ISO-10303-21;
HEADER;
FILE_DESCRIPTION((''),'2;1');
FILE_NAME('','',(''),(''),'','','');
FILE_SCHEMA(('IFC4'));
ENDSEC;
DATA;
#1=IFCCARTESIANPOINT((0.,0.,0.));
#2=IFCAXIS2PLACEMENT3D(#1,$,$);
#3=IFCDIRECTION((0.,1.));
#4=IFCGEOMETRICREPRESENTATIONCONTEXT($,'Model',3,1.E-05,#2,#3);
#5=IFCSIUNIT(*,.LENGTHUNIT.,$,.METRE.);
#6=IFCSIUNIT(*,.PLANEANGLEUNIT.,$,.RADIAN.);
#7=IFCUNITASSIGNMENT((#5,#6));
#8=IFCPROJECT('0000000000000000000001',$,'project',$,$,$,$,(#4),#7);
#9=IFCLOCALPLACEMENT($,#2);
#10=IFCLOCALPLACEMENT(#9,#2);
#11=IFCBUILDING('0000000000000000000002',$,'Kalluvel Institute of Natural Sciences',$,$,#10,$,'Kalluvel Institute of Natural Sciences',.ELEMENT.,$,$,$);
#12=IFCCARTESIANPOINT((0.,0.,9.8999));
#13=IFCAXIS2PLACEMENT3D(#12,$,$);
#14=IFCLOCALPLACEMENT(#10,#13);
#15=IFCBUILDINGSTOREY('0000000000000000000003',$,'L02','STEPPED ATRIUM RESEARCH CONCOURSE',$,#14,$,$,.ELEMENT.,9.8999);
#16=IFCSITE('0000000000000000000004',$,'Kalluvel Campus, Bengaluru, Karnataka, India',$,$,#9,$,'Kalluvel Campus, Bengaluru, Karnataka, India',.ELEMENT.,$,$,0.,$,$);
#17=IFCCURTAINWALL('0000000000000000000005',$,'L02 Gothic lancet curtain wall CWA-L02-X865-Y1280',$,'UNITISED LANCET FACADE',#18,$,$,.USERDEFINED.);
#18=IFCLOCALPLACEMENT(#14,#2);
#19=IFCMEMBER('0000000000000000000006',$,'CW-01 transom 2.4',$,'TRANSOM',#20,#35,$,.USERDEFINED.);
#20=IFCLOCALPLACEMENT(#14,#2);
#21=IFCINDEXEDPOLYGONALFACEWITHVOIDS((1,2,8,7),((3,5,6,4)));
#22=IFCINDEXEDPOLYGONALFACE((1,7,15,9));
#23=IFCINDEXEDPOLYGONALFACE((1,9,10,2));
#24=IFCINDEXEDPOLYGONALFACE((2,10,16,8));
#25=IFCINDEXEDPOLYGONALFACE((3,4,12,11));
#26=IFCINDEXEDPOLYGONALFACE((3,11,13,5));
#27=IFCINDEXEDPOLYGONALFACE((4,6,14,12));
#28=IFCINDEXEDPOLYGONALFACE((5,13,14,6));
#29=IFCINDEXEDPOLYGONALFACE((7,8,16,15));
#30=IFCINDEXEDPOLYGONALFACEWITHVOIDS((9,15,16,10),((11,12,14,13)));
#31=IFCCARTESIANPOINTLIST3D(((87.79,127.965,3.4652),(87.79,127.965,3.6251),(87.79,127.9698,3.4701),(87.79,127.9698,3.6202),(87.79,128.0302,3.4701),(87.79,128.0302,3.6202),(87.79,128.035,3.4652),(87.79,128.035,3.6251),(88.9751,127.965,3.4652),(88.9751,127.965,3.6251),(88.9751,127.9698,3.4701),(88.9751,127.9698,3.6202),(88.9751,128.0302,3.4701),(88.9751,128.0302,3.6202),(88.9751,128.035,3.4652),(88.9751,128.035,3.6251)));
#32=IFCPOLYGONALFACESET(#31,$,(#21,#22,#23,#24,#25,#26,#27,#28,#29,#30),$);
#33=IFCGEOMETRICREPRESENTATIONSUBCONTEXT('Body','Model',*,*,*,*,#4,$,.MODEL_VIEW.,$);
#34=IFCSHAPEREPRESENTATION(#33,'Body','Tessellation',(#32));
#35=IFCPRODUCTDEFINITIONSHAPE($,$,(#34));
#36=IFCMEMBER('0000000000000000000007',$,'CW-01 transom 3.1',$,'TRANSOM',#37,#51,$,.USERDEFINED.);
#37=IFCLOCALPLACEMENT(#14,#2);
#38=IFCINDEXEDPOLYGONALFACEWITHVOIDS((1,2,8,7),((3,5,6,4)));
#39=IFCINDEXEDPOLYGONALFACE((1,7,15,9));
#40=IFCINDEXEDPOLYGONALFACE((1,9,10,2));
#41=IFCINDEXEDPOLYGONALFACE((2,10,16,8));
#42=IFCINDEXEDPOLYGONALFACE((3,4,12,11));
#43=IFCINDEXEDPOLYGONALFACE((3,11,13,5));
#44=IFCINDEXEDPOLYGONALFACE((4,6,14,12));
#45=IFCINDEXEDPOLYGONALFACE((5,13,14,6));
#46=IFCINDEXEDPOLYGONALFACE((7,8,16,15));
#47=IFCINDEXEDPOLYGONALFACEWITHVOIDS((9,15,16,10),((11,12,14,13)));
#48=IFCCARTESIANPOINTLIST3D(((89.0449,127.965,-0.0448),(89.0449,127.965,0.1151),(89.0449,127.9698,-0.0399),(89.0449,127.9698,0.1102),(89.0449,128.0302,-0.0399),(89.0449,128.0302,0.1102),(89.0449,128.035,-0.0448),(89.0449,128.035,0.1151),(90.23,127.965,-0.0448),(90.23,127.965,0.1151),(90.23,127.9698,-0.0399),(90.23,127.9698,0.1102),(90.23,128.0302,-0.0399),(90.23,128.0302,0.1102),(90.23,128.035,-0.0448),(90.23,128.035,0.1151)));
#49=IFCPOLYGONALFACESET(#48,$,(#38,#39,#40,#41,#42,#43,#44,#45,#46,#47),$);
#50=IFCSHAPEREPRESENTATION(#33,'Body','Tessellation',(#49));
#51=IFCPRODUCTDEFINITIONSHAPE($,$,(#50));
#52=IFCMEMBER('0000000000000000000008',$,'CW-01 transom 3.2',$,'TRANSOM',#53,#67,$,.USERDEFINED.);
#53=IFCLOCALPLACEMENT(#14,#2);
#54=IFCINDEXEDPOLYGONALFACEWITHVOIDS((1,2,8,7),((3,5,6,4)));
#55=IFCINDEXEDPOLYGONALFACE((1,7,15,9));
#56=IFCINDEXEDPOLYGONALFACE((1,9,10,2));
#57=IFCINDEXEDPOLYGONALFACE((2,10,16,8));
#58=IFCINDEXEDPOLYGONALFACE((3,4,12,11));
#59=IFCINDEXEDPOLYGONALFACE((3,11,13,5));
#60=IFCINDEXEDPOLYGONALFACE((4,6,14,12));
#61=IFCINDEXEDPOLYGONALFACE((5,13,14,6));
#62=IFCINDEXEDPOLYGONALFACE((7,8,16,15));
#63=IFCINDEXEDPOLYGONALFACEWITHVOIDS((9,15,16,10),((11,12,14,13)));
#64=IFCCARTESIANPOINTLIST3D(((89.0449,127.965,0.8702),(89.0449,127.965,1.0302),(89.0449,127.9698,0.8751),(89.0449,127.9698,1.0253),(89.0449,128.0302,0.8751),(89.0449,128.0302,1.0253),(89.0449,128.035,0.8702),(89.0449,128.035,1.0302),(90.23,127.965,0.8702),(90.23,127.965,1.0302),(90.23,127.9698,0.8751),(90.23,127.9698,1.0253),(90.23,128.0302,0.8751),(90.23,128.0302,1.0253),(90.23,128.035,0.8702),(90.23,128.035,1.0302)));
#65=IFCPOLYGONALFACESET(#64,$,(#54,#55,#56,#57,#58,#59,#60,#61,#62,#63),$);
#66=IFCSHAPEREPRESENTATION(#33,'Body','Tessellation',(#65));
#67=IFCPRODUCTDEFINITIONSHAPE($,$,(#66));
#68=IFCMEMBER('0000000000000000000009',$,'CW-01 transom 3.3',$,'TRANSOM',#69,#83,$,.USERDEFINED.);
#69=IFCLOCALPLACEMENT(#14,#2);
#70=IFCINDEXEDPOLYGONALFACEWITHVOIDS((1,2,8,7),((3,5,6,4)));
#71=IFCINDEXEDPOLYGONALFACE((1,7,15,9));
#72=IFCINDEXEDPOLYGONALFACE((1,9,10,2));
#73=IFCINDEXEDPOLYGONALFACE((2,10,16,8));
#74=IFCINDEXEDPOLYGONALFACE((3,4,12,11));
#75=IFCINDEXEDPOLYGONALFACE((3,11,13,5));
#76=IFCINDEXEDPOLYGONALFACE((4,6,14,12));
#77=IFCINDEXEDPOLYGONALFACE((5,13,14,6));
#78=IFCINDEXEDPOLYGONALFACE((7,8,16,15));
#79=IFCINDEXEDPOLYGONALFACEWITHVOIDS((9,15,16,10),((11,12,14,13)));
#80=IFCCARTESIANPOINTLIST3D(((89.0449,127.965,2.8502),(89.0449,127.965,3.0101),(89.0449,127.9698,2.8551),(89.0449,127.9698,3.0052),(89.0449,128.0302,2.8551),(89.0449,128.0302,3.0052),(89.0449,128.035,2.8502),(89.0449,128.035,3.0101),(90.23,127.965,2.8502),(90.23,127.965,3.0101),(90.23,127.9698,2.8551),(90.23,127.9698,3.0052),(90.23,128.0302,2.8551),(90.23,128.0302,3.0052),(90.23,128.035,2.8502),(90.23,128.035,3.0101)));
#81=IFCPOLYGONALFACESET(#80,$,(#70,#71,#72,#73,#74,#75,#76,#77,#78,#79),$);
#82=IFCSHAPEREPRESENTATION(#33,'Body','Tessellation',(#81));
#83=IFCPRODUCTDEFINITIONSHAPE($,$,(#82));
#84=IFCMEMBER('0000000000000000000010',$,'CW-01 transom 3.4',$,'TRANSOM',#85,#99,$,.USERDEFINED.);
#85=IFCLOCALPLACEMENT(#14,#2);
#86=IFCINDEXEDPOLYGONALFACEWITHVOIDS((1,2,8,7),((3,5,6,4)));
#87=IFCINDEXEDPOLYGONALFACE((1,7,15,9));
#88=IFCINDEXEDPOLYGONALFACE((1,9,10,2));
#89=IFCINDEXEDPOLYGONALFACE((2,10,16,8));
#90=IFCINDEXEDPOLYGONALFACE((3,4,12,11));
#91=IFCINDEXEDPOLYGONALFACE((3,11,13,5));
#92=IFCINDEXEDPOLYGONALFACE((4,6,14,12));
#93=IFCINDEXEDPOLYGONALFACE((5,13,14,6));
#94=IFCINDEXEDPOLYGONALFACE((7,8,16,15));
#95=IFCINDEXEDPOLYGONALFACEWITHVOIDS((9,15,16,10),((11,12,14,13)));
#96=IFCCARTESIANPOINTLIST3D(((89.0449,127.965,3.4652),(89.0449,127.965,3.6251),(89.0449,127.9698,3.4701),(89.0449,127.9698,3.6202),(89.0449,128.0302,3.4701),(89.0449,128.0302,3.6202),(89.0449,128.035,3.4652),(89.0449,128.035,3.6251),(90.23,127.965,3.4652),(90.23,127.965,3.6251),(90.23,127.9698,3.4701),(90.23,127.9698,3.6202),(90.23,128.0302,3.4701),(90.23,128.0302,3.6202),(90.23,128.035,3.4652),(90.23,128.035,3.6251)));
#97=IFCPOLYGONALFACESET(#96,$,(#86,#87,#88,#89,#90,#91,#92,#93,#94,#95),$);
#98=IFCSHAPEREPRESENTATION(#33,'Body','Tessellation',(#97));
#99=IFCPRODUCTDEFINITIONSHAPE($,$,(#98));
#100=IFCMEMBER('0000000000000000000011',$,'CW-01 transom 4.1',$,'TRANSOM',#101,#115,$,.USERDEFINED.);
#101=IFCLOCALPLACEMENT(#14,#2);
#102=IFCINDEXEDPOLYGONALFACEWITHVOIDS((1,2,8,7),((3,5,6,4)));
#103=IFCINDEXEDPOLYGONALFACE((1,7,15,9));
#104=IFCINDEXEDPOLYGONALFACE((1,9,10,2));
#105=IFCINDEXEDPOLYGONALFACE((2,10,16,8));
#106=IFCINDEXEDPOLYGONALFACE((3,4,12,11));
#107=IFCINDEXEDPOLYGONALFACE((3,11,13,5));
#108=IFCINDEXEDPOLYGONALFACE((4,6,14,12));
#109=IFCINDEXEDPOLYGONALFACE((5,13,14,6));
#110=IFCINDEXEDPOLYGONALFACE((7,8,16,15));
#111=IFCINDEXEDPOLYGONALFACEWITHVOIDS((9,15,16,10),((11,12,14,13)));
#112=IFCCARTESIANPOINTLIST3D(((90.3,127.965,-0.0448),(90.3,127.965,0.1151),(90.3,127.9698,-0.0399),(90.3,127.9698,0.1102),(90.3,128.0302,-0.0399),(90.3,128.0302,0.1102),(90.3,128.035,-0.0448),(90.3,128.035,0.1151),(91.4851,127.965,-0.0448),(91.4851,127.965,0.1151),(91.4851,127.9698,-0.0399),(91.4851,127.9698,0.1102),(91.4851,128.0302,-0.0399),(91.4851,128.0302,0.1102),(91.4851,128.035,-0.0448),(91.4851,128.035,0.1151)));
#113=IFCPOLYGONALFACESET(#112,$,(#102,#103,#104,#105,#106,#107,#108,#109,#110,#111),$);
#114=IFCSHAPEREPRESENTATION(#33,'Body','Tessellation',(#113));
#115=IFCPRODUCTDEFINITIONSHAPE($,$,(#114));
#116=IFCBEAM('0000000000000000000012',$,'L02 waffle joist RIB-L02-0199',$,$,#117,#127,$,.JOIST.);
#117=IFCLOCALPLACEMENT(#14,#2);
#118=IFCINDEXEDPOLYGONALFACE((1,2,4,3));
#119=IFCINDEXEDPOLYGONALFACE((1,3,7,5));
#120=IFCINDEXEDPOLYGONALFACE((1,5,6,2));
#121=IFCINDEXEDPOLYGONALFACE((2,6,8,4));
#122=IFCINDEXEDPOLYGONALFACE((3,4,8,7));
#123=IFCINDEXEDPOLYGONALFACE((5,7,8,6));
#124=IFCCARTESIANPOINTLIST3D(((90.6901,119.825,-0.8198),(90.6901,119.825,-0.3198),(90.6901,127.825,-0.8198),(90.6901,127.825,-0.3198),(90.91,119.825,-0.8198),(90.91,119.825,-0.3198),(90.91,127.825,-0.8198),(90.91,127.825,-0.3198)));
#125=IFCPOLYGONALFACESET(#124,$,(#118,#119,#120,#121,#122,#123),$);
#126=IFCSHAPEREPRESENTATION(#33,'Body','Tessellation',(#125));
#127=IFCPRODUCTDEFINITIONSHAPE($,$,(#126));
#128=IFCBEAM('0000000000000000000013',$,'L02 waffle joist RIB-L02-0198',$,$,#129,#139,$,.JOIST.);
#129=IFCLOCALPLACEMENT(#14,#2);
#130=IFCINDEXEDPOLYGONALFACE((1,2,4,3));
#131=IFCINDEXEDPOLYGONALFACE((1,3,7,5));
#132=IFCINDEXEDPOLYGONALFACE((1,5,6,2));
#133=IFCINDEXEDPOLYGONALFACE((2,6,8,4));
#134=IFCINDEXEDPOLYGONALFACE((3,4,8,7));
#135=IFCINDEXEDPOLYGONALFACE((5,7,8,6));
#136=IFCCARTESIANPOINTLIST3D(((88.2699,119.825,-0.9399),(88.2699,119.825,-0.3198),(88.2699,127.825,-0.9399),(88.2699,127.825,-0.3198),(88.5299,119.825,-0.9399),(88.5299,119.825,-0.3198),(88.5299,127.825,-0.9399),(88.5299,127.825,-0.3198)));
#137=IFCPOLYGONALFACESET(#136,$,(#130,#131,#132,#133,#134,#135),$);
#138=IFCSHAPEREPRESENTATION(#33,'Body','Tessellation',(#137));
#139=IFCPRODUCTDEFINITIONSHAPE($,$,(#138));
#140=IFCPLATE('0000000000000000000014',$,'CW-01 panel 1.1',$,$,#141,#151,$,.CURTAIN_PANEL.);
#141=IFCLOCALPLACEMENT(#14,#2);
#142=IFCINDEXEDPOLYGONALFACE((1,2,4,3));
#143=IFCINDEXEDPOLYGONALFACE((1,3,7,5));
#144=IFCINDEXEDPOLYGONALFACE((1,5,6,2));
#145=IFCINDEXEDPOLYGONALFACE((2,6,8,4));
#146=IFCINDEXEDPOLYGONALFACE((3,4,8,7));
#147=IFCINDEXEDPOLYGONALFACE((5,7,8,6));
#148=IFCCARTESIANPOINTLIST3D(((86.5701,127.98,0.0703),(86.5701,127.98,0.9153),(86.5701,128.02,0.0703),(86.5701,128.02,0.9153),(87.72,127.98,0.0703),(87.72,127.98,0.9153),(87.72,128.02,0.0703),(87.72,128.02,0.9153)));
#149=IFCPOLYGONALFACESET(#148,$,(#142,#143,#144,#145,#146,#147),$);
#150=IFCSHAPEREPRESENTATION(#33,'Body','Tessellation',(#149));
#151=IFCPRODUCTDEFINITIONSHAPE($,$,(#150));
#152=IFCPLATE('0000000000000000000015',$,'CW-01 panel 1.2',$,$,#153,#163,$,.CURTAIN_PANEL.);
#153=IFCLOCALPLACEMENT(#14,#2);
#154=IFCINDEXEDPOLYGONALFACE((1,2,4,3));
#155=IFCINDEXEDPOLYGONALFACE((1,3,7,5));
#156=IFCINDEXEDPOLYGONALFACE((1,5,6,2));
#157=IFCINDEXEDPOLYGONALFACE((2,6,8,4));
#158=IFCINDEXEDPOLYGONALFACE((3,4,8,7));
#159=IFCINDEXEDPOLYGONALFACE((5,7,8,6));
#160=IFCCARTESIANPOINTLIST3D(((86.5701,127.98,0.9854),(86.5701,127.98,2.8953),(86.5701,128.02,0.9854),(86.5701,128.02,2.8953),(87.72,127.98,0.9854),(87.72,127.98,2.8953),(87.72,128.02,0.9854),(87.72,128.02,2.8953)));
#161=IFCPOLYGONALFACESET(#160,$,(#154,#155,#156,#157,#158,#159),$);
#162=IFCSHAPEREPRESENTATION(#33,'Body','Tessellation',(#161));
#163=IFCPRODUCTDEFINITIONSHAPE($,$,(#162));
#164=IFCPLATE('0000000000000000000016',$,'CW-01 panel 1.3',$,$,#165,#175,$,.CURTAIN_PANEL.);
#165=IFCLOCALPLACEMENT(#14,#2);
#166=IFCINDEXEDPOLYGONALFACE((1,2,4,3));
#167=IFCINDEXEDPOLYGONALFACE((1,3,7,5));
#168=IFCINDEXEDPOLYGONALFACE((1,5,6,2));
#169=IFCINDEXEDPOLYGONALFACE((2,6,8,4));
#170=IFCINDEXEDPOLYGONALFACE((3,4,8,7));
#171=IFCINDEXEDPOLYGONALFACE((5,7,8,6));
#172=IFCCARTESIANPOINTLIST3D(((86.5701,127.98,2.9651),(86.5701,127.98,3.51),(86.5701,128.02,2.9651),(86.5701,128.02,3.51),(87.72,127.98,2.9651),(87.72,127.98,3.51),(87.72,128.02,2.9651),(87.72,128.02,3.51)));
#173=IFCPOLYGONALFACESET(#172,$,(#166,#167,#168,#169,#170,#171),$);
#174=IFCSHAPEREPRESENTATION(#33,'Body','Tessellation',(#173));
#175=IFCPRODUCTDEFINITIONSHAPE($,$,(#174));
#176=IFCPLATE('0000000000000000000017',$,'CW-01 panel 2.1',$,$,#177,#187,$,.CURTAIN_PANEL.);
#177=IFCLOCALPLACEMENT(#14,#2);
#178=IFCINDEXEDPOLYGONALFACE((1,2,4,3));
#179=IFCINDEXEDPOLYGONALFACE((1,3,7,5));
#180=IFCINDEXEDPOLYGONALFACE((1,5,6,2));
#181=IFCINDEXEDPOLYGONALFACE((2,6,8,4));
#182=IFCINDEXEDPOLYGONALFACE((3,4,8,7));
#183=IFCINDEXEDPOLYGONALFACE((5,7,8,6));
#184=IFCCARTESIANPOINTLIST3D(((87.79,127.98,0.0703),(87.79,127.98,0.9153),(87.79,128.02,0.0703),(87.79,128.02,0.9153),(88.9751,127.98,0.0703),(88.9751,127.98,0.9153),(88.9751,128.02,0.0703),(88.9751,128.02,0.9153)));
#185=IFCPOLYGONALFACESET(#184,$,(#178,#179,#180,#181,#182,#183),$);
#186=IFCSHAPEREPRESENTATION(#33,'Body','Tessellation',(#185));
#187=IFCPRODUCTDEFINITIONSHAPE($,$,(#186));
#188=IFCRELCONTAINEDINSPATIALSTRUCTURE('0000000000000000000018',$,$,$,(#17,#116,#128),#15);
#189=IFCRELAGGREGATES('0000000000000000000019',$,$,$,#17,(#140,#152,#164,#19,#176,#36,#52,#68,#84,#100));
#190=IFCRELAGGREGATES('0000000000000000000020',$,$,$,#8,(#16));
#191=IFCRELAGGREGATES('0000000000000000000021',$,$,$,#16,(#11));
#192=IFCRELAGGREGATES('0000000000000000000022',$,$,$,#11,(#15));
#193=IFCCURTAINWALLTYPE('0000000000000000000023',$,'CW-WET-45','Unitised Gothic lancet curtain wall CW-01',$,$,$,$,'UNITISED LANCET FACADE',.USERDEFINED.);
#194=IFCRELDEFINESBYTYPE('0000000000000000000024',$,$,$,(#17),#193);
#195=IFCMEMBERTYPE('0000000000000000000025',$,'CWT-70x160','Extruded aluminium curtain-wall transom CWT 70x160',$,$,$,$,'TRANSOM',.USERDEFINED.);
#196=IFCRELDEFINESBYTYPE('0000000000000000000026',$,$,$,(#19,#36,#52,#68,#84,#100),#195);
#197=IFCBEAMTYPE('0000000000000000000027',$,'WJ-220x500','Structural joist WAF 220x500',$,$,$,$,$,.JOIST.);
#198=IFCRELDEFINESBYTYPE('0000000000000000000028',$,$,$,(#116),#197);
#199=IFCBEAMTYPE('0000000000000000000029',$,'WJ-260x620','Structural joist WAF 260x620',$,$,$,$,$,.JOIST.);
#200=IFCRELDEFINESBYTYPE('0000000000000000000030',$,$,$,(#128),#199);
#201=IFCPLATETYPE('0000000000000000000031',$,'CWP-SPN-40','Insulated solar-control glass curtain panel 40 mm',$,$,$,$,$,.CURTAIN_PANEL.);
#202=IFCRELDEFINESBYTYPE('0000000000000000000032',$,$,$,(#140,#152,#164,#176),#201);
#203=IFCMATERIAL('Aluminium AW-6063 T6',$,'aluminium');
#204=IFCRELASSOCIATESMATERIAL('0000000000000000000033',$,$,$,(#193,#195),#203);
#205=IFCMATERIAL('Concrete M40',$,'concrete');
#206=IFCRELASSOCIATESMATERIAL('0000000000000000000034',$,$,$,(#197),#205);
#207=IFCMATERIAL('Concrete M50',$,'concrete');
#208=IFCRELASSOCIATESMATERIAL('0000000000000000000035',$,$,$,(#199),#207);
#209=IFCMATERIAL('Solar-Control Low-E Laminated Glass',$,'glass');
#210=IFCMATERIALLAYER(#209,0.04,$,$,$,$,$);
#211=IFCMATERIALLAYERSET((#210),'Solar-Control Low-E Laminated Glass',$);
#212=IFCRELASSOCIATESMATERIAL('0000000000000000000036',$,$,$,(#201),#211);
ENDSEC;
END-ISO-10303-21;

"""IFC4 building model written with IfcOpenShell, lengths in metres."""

from ifc_helpers import new_model, si_unit, direction, frame, origin, origin_2d, place, context, subcontext, project, spatial, rectangle, hollow_rectangle, extrude, material, layer, layer_set, material_profile, profile_set, type_object, element, aggregate, save


model = new_model("IFC4")

# Units and contexts
model_context = context("Model", 3, precision=1e-05, world=origin(), true_north=direction((0.0, 1.0)))
body_context = subcontext(model_context, "Body", "Model", "MODEL_VIEW")
ifc_project = project(units=[si_unit("LENGTHUNIT", "METRE"), si_unit("PLANEANGLEUNIT", "RADIAN")], contexts=[model_context])

# Site, building, storey
site_placement = place(None, origin())
site = spatial("IfcSite", under=ifc_project, at=site_placement, Name="Kalluvel Campus, Bengaluru, Karnataka, India", LongName="Kalluvel Campus, Bengaluru, Karnataka, India", CompositionType="ELEMENT", RefElevation=0.0)
building_placement = place(site_placement, origin())
building = spatial("IfcBuilding", under=site, at=building_placement, Name="Kalluvel Institute of Natural Sciences", LongName="Kalluvel Institute of Natural Sciences", CompositionType="ELEMENT")
storey_placement = place(building_placement, frame((0.0, 0.0, 9.8999)))
storey = spatial("IfcBuildingStorey", under=building, at=storey_placement, Name="L02", Description="STEPPED ATRIUM RESEARCH CONCOURSE", CompositionType="ELEMENT", Elevation=9.8999)

# Shared definitions
ifc_material_1 = material(Name="Concrete M50", Category="concrete")

# Shared definitions
ifc_material_2 = material(Name="Concrete M40", Category="concrete")

# Curtain wall, members
ifc_material_3 = material(Name="Aluminium AW-6063 T6", Category="aluminium")
curtain_wall_type = type_object("IfcCurtainWallType", Name="CW-WET-45", Description="Unitised Gothic lancet curtain wall CW-01", ElementType="UNITISED LANCET FACADE", PredefinedType="USERDEFINED", material=ifc_material_3)
curtain_wall_placement = place(storey_placement, origin())
curtain_wall = element("IfcCurtainWall", 1, at=curtain_wall_placement, inside=storey, type_object=curtain_wall_type, Name="L02 Gothic lancet curtain wall CWA-L02-X865-Y1280", ObjectType="UNITISED LANCET FACADE", PredefinedType="USERDEFINED")
ifc_material_profile_1 = material_profile(ifc_material_3, hollow_rectangle(XDim=0.0701, YDim=0.1599, WallThickness=0.0049, at=origin_2d()), Name="CWT 70x160")
ifc_profile_set_1 = profile_set([ifc_material_profile_1], Name="Aluminium AW-6063 T6")
member_type_1 = type_object("IfcMemberType", Name="CWT-70x160", Description="Extruded aluminium curtain-wall transom CWT 70x160", ElementType="TRANSOM", PredefinedType="USERDEFINED", material=ifc_profile_set_1)
member_1_placement = place(storey_placement, frame((87.79, 128.0, 3.5452), z_axis=(1.0, 0.0, 0.0), x_axis=(0.0, 1.0, 0.0)))
member_1 = element("IfcMember", 2, at=member_1_placement, type_object=member_type_1, Name="CW-01 transom 2.4", ObjectType="TRANSOM", PredefinedType="USERDEFINED", context=body_context, shape_type="SweptSolid", body=[
    extrude(hollow_rectangle(XDim=0.0701, YDim=0.1599, WallThickness=0.0049, at=origin_2d()), origin(), (0.0, 0.0, 1.0), 1.1851),
])
member_2_placement = place(storey_placement, frame((89.0449, 128.0, 0.0352), z_axis=(1.0, 0.0, 0.0), x_axis=(0.0, 1.0, 0.0)))
member_2 = element("IfcMember", 3, at=member_2_placement, type_object=member_type_1, Name="CW-01 transom 3.1", ObjectType="TRANSOM", PredefinedType="USERDEFINED", context=body_context, shape_type="SweptSolid", body=[
    extrude(hollow_rectangle(XDim=0.0701, YDim=0.1599, WallThickness=0.0049, at=origin_2d()), origin(), (0.0, 0.0, 1.0), 1.1851),
])
member_3_placement = place(storey_placement, frame((89.0449, 128.0, 0.9502), z_axis=(1.0, 0.0, 0.0), x_axis=(0.0, 1.0, 0.0)))
member_3 = element("IfcMember", 4, at=member_3_placement, type_object=member_type_1, Name="CW-01 transom 3.2", ObjectType="TRANSOM", PredefinedType="USERDEFINED", context=body_context, shape_type="SweptSolid", body=[
    extrude(hollow_rectangle(XDim=0.0701, YDim=0.1599, WallThickness=0.0049, at=origin_2d()), origin(), (0.0, 0.0, 1.0), 1.1851),
])
member_4_placement = place(storey_placement, frame((89.0449, 128.0, 2.9302), z_axis=(1.0, 0.0, 0.0), x_axis=(0.0, 1.0, 0.0)))
member_4 = element("IfcMember", 5, at=member_4_placement, type_object=member_type_1, Name="CW-01 transom 3.3", ObjectType="TRANSOM", PredefinedType="USERDEFINED", context=body_context, shape_type="SweptSolid", body=[
    extrude(hollow_rectangle(XDim=0.0701, YDim=0.1599, WallThickness=0.0049, at=origin_2d()), origin(), (0.0, 0.0, 1.0), 1.1851),
])
member_5_placement = place(storey_placement, frame((89.0449, 128.0, 3.5452), z_axis=(1.0, 0.0, 0.0), x_axis=(0.0, 1.0, 0.0)))
member_5 = element("IfcMember", 6, at=member_5_placement, type_object=member_type_1, Name="CW-01 transom 3.4", ObjectType="TRANSOM", PredefinedType="USERDEFINED", context=body_context, shape_type="SweptSolid", body=[
    extrude(hollow_rectangle(XDim=0.0701, YDim=0.1599, WallThickness=0.0049, at=origin_2d()), origin(), (0.0, 0.0, 1.0), 1.1851),
])
member_6_placement = place(storey_placement, frame((90.3, 128.0, 0.0352), z_axis=(1.0, 0.0, 0.0), x_axis=(0.0, 1.0, 0.0)))
member_6 = element("IfcMember", 7, at=member_6_placement, type_object=member_type_1, Name="CW-01 transom 4.1", ObjectType="TRANSOM", PredefinedType="USERDEFINED", context=body_context, shape_type="SweptSolid", body=[
    extrude(hollow_rectangle(XDim=0.0701, YDim=0.1599, WallThickness=0.0049, at=origin_2d()), origin(), (0.0, 0.0, 1.0), 1.1851),
])

# Beams
ifc_material_profile_2 = material_profile(ifc_material_2, rectangle(XDim=0.22, YDim=0.5, at=origin_2d()), Name="WAF 220x500")
ifc_profile_set_2 = profile_set([ifc_material_profile_2], Name="Concrete M40")
beam_type_1 = type_object("IfcBeamType", Name="WJ-220x500", Description="Structural joist WAF 220x500", PredefinedType="JOIST", material=ifc_profile_set_2)
beam_1_placement = place(storey_placement, frame((90.8, 119.825, -0.5698), z_axis=(0.0, 1.0, 0.0), x_axis=(-1.0, 0.0, 0.0)))
element("IfcBeam", 8, at=beam_1_placement, inside=storey, type_object=beam_type_1, Name="L02 waffle joist RIB-L02-0199", PredefinedType="JOIST", context=body_context, shape_type="SweptSolid", body=[
    extrude(rectangle(XDim=0.22, YDim=0.5, at=origin_2d()), origin(), (0.0, 0.0, 1.0), 8.0),
])
ifc_material_profile_3 = material_profile(ifc_material_1, rectangle(XDim=0.26, YDim=0.6201, at=origin_2d()), Name="WAF 260x620")
ifc_profile_set_3 = profile_set([ifc_material_profile_3], Name="Concrete M50")
beam_type_2 = type_object("IfcBeamType", Name="WJ-260x620", Description="Structural joist WAF 260x620", PredefinedType="JOIST", material=ifc_profile_set_3)
beam_2_placement = place(storey_placement, frame((88.3999, 119.825, -0.6299), z_axis=(0.0, 1.0, 0.0), x_axis=(-1.0, 0.0, 0.0)))
element("IfcBeam", 9, at=beam_2_placement, inside=storey, type_object=beam_type_2, Name="L02 waffle joist RIB-L02-0198", PredefinedType="JOIST", context=body_context, shape_type="SweptSolid", body=[
    extrude(rectangle(XDim=0.26, YDim=0.6201, at=origin_2d()), origin(), (0.0, 0.0, 1.0), 8.0),
])

# Plates
ifc_material_4 = material(Name="Solar-Control Low-E Laminated Glass", Category="glass")
ifc_layer = layer(ifc_material_4, 0.04)
ifc_layer_set = layer_set([ifc_layer], Name="Solar-Control Low-E Laminated Glass")
plate_type = type_object("IfcPlateType", Name="CWP-SPN-40", Description="Insulated solar-control glass curtain panel 40 mm", PredefinedType="CURTAIN_PANEL", material=ifc_layer_set)
plate_1_placement = place(storey_placement, frame((87.145, 128.0, 0.0703), z_axis=(0.0, 0.0, 1.0), x_axis=(1.0, 0.0, 0.0)))
plate_1 = element("IfcPlate", 10, at=plate_1_placement, type_object=plate_type, Name="CW-01 panel 1.1", PredefinedType="CURTAIN_PANEL", context=body_context, shape_type="SweptSolid", body=[
    extrude(rectangle(XDim=1.1499, YDim=0.04, at=origin_2d()), origin(), (0.0, 0.0, 1.0), 0.845),
])
plate_2_placement = place(storey_placement, frame((87.145, 128.0, 0.9854), z_axis=(0.0, 0.0, 1.0), x_axis=(1.0, 0.0, 0.0)))
plate_2 = element("IfcPlate", 11, at=plate_2_placement, type_object=plate_type, Name="CW-01 panel 1.2", PredefinedType="CURTAIN_PANEL", context=body_context, shape_type="SweptSolid", body=[
    extrude(rectangle(XDim=1.1499, YDim=0.04, at=origin_2d()), origin(), (0.0, 0.0, 1.0), 1.9099),
])
plate_3_placement = place(storey_placement, frame((87.145, 128.0, 2.9651), z_axis=(0.0, 0.0, 1.0), x_axis=(1.0, 0.0, 0.0)))
plate_3 = element("IfcPlate", 12, at=plate_3_placement, type_object=plate_type, Name="CW-01 panel 1.3", PredefinedType="CURTAIN_PANEL", context=body_context, shape_type="SweptSolid", body=[
    extrude(rectangle(XDim=1.1499, YDim=0.04, at=origin_2d()), origin(), (0.0, 0.0, 1.0), 0.5449),
])
plate_4_placement = place(storey_placement, frame((88.3826, 128.0, 0.0703), z_axis=(0.0, 0.0, 1.0), x_axis=(1.0, 0.0, 0.0)))
plate_4 = element("IfcPlate", 13, at=plate_4_placement, type_object=plate_type, Name="CW-01 panel 2.1", PredefinedType="CURTAIN_PANEL", context=body_context, shape_type="SweptSolid", body=[
    extrude(rectangle(XDim=1.1851, YDim=0.04, at=origin_2d()), origin(), (0.0, 0.0, 1.0), 0.845),
])
aggregate(curtain_wall, [plate_1, plate_2, plate_3, member_1, plate_4, member_2, member_3, member_4, member_5, member_6])

save(model, "model.ifc")
